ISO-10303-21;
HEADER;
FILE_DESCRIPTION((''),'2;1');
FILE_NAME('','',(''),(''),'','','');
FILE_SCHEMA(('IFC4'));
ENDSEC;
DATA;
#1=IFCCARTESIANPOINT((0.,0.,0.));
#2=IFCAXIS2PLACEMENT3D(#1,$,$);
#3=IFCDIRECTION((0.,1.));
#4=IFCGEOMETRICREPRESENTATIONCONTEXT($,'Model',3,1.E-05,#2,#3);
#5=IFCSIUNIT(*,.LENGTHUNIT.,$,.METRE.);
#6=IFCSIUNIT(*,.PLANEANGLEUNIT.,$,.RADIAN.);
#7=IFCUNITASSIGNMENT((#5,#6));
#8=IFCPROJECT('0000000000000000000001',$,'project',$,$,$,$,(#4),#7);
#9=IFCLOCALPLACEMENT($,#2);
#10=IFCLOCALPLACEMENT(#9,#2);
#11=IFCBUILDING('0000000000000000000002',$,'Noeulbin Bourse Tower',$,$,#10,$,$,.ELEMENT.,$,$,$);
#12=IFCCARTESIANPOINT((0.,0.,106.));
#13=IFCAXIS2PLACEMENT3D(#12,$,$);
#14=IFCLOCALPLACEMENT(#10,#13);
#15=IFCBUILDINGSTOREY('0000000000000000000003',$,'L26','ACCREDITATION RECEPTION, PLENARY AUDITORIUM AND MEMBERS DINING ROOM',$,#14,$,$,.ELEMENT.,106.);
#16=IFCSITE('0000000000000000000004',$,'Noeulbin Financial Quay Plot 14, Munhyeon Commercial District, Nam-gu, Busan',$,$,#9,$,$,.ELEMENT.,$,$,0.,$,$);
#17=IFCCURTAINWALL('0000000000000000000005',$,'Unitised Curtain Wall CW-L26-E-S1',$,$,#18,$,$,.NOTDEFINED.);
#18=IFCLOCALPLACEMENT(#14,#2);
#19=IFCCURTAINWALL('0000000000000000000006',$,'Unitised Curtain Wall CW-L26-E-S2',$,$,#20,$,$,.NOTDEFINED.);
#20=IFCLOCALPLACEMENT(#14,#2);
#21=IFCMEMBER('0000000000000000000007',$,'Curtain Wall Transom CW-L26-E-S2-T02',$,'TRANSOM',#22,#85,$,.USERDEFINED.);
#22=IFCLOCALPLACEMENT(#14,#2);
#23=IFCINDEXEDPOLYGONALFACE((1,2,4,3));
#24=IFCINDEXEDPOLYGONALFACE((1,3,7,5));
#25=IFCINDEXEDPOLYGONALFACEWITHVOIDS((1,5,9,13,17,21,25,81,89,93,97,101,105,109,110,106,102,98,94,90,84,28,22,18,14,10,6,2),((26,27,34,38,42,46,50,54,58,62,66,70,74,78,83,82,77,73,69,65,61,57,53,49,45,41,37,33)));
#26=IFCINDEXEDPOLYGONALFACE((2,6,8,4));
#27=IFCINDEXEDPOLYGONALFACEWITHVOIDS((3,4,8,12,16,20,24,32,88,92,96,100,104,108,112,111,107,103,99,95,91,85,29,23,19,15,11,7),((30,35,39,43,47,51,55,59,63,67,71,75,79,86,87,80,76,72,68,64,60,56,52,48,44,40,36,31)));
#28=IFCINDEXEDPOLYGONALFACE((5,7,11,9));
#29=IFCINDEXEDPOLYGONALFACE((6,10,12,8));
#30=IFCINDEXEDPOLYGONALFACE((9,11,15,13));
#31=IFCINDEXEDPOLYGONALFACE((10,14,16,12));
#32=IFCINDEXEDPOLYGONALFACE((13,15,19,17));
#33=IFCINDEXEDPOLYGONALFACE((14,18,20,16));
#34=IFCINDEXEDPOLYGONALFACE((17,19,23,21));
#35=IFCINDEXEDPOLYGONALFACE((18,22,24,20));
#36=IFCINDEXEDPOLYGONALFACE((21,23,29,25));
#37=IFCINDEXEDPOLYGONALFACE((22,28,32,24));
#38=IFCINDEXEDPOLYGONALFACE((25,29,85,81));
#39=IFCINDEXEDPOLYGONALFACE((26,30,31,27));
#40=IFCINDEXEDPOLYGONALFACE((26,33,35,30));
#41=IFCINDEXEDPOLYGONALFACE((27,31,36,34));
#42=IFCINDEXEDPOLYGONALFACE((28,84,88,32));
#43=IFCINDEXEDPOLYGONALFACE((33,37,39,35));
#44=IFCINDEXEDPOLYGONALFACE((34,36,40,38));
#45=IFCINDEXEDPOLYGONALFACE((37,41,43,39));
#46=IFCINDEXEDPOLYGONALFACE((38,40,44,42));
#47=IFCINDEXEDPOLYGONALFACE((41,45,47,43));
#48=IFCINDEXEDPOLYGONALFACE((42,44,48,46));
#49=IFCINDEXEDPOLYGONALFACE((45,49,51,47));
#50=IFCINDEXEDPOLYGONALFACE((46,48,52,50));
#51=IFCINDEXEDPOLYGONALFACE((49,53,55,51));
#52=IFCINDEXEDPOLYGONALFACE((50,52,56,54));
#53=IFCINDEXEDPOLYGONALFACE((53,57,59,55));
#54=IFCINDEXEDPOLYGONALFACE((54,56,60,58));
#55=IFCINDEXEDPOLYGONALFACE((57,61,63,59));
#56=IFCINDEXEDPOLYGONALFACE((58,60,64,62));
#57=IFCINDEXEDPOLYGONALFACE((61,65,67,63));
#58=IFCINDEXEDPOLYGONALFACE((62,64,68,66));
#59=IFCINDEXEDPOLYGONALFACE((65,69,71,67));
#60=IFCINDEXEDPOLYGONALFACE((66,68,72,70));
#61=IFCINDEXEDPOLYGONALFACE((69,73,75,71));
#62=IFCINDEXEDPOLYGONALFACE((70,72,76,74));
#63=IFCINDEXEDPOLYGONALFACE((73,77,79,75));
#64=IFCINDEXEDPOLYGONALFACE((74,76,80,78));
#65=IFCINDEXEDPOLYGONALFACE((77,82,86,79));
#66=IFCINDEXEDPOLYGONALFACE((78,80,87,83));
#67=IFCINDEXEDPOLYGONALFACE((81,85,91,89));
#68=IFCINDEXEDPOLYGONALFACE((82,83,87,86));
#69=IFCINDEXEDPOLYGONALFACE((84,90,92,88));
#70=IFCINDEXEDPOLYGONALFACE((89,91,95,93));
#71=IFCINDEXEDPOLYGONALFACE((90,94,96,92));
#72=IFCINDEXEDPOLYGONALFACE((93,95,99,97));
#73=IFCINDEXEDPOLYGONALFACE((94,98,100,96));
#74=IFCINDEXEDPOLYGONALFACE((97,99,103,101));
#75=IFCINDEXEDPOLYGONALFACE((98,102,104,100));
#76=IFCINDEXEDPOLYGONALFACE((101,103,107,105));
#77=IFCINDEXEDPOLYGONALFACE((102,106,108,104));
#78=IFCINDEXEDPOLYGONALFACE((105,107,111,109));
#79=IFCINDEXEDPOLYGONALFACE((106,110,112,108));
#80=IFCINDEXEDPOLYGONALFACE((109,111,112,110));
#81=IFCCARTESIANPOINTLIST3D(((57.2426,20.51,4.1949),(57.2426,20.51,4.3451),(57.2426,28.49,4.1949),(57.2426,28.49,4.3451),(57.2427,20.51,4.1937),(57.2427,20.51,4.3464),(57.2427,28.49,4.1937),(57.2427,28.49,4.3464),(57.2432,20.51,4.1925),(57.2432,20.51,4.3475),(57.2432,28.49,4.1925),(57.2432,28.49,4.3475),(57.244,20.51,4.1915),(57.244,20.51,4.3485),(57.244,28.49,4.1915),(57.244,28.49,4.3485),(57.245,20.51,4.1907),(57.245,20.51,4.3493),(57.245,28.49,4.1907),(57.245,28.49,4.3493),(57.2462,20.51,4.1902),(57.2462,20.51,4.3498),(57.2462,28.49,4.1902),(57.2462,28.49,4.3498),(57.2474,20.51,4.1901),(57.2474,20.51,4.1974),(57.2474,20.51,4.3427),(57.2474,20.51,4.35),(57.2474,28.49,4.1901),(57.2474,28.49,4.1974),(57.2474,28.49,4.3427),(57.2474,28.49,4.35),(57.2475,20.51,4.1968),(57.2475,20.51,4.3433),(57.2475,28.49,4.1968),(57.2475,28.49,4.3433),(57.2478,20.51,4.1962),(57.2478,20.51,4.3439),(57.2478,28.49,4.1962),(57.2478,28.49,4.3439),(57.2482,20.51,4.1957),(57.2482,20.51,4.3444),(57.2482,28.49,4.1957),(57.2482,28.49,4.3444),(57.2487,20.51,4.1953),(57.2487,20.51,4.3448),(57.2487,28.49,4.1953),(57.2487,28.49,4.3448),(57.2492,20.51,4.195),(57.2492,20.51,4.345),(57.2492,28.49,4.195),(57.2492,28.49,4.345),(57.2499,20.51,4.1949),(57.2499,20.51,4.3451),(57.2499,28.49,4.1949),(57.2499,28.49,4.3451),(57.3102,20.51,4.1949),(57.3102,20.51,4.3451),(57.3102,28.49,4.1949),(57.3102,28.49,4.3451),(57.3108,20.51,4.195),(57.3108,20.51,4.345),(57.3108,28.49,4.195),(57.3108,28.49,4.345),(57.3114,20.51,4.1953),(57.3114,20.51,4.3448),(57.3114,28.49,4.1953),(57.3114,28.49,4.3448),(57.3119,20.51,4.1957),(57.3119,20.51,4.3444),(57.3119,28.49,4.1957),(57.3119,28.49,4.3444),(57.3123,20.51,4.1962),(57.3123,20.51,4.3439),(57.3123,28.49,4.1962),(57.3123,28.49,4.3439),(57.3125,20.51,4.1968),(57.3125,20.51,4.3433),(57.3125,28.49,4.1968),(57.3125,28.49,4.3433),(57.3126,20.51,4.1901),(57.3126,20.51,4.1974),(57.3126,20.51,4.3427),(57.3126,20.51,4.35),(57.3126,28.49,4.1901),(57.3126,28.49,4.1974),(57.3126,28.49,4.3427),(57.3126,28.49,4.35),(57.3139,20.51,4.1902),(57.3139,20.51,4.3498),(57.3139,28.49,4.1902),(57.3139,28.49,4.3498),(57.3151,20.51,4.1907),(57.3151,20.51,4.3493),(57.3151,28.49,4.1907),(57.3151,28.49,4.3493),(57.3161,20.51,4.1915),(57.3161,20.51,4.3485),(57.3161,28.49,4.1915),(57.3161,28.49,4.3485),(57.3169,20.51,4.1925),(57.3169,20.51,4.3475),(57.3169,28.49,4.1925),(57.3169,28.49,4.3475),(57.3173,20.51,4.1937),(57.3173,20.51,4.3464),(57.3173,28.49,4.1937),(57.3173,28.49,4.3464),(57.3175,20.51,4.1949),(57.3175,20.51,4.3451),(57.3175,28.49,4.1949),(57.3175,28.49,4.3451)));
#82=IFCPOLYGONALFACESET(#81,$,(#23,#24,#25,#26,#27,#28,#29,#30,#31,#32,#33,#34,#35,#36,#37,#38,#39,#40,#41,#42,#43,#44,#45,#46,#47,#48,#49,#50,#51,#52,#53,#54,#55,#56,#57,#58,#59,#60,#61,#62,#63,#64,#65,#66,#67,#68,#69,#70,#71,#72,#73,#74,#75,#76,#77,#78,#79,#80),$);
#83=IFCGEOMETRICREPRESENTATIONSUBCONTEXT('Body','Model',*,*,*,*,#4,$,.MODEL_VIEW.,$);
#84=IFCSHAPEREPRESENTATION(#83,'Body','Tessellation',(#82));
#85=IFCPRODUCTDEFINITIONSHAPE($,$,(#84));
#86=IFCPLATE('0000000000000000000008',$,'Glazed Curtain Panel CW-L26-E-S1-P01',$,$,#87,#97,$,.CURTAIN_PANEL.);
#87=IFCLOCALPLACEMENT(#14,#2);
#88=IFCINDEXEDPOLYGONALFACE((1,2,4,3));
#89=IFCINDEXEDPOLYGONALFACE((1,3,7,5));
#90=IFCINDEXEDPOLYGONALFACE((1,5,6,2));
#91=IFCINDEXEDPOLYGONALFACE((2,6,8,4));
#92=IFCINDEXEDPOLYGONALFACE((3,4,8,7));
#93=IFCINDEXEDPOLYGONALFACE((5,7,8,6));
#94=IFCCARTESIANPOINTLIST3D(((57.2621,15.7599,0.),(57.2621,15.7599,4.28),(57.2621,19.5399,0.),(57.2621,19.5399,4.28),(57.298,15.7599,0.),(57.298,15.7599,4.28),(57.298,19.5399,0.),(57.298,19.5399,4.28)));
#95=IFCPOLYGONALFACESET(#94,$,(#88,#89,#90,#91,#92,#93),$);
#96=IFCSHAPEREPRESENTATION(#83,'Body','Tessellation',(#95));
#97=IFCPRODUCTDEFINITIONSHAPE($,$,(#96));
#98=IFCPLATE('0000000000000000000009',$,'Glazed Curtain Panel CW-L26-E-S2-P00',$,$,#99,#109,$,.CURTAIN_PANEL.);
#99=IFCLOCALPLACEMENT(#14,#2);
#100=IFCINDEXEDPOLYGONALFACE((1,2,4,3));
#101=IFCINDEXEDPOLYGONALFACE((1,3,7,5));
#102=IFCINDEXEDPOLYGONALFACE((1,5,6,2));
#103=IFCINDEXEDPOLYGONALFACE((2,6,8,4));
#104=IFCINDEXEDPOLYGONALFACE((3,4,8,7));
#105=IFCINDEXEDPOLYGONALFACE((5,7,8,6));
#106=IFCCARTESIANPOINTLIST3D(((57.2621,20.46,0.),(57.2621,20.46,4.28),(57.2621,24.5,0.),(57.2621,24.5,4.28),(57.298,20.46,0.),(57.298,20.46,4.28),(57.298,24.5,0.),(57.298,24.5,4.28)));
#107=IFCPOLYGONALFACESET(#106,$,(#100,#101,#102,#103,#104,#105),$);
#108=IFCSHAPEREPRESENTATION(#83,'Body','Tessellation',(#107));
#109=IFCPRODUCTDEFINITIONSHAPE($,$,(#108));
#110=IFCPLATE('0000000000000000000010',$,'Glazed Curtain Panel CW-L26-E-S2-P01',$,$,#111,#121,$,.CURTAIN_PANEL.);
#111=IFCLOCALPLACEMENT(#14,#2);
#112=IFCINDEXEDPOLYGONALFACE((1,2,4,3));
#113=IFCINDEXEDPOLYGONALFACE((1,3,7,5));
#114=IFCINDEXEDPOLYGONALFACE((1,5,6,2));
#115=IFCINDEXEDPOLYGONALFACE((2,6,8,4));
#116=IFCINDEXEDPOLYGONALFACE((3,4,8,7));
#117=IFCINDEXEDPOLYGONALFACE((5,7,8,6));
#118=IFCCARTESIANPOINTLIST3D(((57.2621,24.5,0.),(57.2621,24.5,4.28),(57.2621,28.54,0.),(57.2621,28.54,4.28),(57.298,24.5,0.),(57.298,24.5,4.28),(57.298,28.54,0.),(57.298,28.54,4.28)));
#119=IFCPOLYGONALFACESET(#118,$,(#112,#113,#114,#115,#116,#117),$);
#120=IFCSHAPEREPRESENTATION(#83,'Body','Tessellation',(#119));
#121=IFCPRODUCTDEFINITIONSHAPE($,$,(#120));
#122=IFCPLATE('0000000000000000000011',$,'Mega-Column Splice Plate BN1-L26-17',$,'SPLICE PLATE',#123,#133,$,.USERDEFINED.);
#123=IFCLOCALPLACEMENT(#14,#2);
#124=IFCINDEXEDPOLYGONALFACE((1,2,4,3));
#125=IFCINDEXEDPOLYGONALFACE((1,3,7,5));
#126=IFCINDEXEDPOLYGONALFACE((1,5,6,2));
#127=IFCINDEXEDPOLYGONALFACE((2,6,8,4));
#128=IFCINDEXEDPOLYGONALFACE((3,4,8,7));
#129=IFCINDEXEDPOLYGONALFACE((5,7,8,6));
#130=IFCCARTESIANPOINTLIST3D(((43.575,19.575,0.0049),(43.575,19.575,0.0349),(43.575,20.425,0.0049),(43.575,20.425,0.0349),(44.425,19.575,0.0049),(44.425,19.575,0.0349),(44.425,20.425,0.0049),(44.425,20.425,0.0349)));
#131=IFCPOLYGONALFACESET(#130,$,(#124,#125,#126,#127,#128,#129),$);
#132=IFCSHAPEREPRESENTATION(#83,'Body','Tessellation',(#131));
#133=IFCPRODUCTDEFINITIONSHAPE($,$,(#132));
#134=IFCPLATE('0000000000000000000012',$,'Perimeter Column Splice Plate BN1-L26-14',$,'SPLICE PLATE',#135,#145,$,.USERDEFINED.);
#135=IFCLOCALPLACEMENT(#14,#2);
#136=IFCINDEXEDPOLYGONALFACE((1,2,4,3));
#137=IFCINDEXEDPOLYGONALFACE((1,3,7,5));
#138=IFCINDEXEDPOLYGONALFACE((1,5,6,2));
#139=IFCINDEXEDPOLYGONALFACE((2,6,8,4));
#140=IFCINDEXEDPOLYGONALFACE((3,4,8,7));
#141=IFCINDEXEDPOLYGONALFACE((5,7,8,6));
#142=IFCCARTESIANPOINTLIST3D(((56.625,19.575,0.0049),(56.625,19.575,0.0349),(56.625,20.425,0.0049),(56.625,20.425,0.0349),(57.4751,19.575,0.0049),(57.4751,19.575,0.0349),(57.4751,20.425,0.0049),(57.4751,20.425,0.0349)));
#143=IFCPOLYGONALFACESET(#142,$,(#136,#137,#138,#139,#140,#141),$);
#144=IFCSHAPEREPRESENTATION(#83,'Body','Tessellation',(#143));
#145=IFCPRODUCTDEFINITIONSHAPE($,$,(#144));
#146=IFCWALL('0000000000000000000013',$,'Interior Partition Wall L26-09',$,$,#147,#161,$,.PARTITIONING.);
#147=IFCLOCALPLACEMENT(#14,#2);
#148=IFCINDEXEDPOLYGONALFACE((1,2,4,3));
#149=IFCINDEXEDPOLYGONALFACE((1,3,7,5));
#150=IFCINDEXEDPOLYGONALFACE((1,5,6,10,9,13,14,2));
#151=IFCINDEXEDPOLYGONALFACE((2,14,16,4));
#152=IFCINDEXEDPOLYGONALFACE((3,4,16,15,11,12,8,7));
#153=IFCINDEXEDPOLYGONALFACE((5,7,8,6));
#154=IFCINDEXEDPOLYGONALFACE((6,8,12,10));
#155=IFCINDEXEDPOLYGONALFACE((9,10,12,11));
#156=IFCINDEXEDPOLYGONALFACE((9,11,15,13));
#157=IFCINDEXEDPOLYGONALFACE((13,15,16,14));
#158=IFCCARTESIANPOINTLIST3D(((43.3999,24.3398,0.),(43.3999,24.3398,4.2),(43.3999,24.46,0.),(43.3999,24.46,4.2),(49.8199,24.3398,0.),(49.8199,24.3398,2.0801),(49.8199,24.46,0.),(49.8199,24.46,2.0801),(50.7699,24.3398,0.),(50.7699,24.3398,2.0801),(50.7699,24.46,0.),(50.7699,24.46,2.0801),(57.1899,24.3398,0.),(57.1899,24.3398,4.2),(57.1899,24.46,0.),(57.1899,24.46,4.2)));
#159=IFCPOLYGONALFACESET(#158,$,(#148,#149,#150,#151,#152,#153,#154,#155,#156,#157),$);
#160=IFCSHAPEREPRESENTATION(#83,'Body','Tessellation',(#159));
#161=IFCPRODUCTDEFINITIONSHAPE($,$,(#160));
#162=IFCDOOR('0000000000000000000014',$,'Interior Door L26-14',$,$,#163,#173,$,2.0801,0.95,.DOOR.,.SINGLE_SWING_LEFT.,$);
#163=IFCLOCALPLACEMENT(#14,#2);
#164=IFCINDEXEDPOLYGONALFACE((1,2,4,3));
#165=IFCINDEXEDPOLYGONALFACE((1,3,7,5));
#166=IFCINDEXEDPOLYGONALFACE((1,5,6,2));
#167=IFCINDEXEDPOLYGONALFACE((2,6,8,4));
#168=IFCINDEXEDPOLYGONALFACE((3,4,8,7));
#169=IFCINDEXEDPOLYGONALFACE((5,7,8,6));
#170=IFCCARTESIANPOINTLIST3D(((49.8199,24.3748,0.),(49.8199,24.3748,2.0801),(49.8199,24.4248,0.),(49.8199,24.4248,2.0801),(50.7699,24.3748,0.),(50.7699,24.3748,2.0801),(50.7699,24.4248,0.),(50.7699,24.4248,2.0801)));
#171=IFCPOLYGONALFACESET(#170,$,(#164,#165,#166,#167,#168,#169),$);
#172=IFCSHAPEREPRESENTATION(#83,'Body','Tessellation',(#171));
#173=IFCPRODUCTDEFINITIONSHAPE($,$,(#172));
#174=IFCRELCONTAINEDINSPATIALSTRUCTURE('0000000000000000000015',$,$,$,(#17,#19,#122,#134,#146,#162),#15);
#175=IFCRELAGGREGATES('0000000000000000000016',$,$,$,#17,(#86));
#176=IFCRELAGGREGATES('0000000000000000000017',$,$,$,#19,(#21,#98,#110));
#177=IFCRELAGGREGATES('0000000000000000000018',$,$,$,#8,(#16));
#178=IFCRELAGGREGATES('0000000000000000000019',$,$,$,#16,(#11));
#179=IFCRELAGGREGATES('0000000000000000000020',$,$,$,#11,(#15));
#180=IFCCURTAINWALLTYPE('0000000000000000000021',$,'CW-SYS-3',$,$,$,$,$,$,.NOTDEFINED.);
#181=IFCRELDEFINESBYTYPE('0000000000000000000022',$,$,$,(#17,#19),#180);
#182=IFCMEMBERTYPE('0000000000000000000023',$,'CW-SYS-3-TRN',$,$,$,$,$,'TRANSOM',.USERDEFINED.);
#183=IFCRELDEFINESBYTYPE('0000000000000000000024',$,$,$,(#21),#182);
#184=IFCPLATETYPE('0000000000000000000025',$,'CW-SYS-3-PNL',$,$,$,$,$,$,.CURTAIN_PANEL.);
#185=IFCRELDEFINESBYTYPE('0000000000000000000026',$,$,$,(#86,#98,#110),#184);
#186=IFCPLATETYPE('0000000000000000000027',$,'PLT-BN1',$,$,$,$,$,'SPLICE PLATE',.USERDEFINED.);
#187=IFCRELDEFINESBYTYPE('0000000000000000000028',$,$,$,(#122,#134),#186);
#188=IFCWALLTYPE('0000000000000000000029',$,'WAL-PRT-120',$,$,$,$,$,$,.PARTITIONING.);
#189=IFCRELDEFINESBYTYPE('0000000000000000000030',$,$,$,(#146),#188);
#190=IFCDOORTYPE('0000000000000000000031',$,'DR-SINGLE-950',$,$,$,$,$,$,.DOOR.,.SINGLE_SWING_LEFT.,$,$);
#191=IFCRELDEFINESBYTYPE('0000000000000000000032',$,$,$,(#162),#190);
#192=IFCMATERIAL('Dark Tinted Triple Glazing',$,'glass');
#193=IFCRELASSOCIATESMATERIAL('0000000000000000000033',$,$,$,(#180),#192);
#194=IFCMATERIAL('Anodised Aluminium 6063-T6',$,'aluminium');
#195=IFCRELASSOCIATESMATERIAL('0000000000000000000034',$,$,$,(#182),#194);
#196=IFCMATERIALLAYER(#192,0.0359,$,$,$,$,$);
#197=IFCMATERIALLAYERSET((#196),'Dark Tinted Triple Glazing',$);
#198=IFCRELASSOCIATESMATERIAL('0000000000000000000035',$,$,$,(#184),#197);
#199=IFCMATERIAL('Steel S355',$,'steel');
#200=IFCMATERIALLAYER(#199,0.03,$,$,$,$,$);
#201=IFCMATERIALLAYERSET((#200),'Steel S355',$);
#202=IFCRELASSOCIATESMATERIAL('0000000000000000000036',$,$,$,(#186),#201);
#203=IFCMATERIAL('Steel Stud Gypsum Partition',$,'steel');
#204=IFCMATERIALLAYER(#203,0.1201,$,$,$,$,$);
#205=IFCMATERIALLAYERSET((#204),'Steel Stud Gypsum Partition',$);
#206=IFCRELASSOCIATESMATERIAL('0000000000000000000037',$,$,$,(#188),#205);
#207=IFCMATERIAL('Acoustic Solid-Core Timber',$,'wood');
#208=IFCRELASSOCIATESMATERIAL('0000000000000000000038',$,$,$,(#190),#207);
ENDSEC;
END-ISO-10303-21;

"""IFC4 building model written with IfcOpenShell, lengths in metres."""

from ifc_helpers import new_model, si_unit, direction, frame, frame_2d, origin, origin_2d, place, context, subcontext, project, spatial, rectangle, hollow_rectangle, extrude, material, layer, layer_set, material_profile, profile_set, type_object, element, fill, aggregate, save


model = new_model("IFC4")

# Units and contexts
model_context = context("Model", 3, precision=1e-05, world=origin(), true_north=direction((0.0, 1.0)))
body_context = subcontext(model_context, "Body", "Model", "MODEL_VIEW")
ifc_project = project(units=[si_unit("LENGTHUNIT", "METRE"), si_unit("PLANEANGLEUNIT", "RADIAN")], contexts=[model_context])

# Site, building, storey
site_placement = place(None, origin())
site = spatial("IfcSite", under=ifc_project, at=site_placement, Name="Noeulbin Financial Quay Plot 14, Munhyeon Commercial District, Nam-gu, Busan", CompositionType="ELEMENT", RefElevation=0.0)
building_placement = place(site_placement, origin())
building = spatial("IfcBuilding", under=site, at=building_placement, Name="Noeulbin Bourse Tower", CompositionType="ELEMENT")
storey_placement = place(building_placement, frame((0.0, 0.0, 106.0)))
storey = spatial("IfcBuildingStorey", under=building, at=storey_placement, Name="L26", Description="ACCREDITATION RECEPTION, PLENARY AUDITORIUM AND MEMBERS DINING ROOM", CompositionType="ELEMENT", Elevation=106.0)

# Shared definitions
ifc_material_1 = material(Name="Steel S355", Category="steel")

# Curtain wall
ifc_material_2 = material(Name="Dark Tinted Triple Glazing", Category="glass")
curtain_wall_type = type_object("IfcCurtainWallType", Name="CW-SYS-3", PredefinedType="NOTDEFINED", material=ifc_material_2)
curtain_wall_1_placement = place(storey_placement, origin())
curtain_wall_1 = element("IfcCurtainWall", 1, at=curtain_wall_1_placement, inside=storey, type_object=curtain_wall_type, Name="Unitised Curtain Wall CW-L26-E-S1", PredefinedType="NOTDEFINED")
ifc_material_3 = material(Name="Anodised Aluminium 6063-T6", Category="aluminium")

# Curtain wall, member
curtain_wall_2_placement = place(storey_placement, origin())
curtain_wall_2 = element("IfcCurtainWall", 2, at=curtain_wall_2_placement, inside=storey, type_object=curtain_wall_type, Name="Unitised Curtain Wall CW-L26-E-S2", PredefinedType="NOTDEFINED")
ifc_material_profile_1 = material_profile(ifc_material_3, hollow_rectangle(XDim=0.075, YDim=0.1599, WallThickness=0.0049, InnerFilletRadius=0.0024, OuterFilletRadius=0.0049, at=origin_2d()), Name="ALU-TRAN-75x160x5", Category="LoadBearing")
ifc_profile_set_1 = profile_set([ifc_material_profile_1], Name="Anodised Aluminium 6063-T6")
member_type_1 = type_object("IfcMemberType", Name="CW-SYS-3-TRN", ElementType="TRANSOM", PredefinedType="USERDEFINED", material=ifc_profile_set_1)
member_1_placement = place(storey_placement, frame((57.28, 20.51, 4.27), z_axis=(0.0, 1.0, 0.0), x_axis=(-1.0, 0.0, 0.0)))
member_1 = element("IfcMember", 3, at=member_1_placement, type_object=member_type_1, Name="Curtain Wall Transom CW-L26-E-S2-T02", ObjectType="TRANSOM", PredefinedType="USERDEFINED", context=body_context, shape_type="SweptSolid", body=[
    extrude(hollow_rectangle(XDim=0.075, YDim=0.1599, WallThickness=0.0049, InnerFilletRadius=0.0024, OuterFilletRadius=0.0049, at=origin_2d()), origin(), (0.0, 0.0, 1.0), 7.98),
])

# Plates
ifc_layer_1 = layer(ifc_material_2, 0.0359)
ifc_layer_set_1 = layer_set([ifc_layer_1], Name="Dark Tinted Triple Glazing")
plate_type_1 = type_object("IfcPlateType", Name="CW-SYS-3-PNL", PredefinedType="CURTAIN_PANEL", material=ifc_layer_set_1)
plate_1_placement = place(storey_placement, frame((57.28, 17.6499, 0.0), z_axis=(0.0, 0.0, 1.0), x_axis=(0.0, 1.0, 0.0)))
plate_1 = element("IfcPlate", 4, at=plate_1_placement, type_object=plate_type_1, Name="Glazed Curtain Panel CW-L26-E-S1-P01", PredefinedType="CURTAIN_PANEL", context=body_context, shape_type="SweptSolid", body=[
    extrude(rectangle(XDim=3.78, YDim=0.0359, at=origin_2d()), origin(), (0.0, 0.0, 1.0), 4.28),
])
aggregate(curtain_wall_1, [plate_1])
plate_2_placement = place(storey_placement, frame((57.28, 22.48, 0.0), z_axis=(0.0, 0.0, 1.0), x_axis=(0.0, 1.0, 0.0)))
plate_2 = element("IfcPlate", 5, at=plate_2_placement, type_object=plate_type_1, Name="Glazed Curtain Panel CW-L26-E-S2-P00", PredefinedType="CURTAIN_PANEL", context=body_context, shape_type="SweptSolid", body=[
    extrude(rectangle(XDim=4.04, YDim=0.0359, at=origin_2d()), origin(), (0.0, 0.0, 1.0), 4.28),
])
plate_3_placement = place(storey_placement, frame((57.28, 26.52, 0.0), z_axis=(0.0, 0.0, 1.0), x_axis=(0.0, 1.0, 0.0)))
plate_3 = element("IfcPlate", 6, at=plate_3_placement, type_object=plate_type_1, Name="Glazed Curtain Panel CW-L26-E-S2-P01", PredefinedType="CURTAIN_PANEL", context=body_context, shape_type="SweptSolid", body=[
    extrude(rectangle(XDim=4.04, YDim=0.0359, at=origin_2d()), origin(), (0.0, 0.0, 1.0), 4.28),
])
aggregate(curtain_wall_2, [member_1, plate_2, plate_3])

# Plates
ifc_layer_2 = layer(ifc_material_1, 0.03)
ifc_layer_set_2 = layer_set([ifc_layer_2], Name="Steel S355")
plate_type_2 = type_object("IfcPlateType", Name="PLT-BN1", ElementType="SPLICE PLATE", PredefinedType="USERDEFINED", material=ifc_layer_set_2)
for number, where, z_axis, x_axis, name in (
    (7, (44.0, 20.0, 0.0049), (0.0, 0.0, 1.0), (1.0, 0.0, 0.0), "Mega-Column Splice Plate BN1-L26-17"),
    (8, (57.05, 20.0, 0.0049), (0.0, 0.0, 1.0), (1.0, 0.0, 0.0), "Perimeter Column Splice Plate BN1-L26-14"),
):
    element("IfcPlate", number, at=place(storey_placement, frame(where, z_axis=z_axis, x_axis=x_axis)), inside=storey, type_object=plate_type_2, Name=name, ObjectType="SPLICE PLATE", PredefinedType="USERDEFINED", context=body_context, shape_type="SweptSolid", body=[
        extrude(rectangle(XDim=0.8501, YDim=0.8501, at=origin_2d()), origin(), (0.0, 0.0, 1.0), 0.03),
    ])

# Wall, opening, door
ifc_material_4 = material(Name="Steel Stud Gypsum Partition", Category="steel")
ifc_layer_3 = layer(ifc_material_4, 0.1201)
ifc_layer_set_3 = layer_set([ifc_layer_3], Name="Steel Stud Gypsum Partition")
wall_type_1 = type_object("IfcWallType", Name="WAL-PRT-120", PredefinedType="PARTITIONING", material=ifc_layer_set_3)
wall_1_placement = place(storey_placement, frame((43.3999, 24.3999, 0.0), z_axis=(0.0, 0.0, 1.0), x_axis=(1.0, 0.0, 0.0)))
wall_1 = element("IfcWall", 9, at=wall_1_placement, inside=storey, type_object=wall_type_1, Name="Interior Partition Wall L26-09", PredefinedType="PARTITIONING", context=body_context, shape_type="SweptSolid", body=[
    extrude(rectangle(XDim=13.79, YDim=0.1201, at=frame_2d((6.895, 0.0))), origin(), (0.0, 0.0, 1.0), 4.2),
])
opening_1_placement = place(wall_1_placement, frame((6.4199, 0.0, 0.0)))
opening_1 = element("IfcOpeningElement", 10, at=opening_1_placement, cuts=wall_1, PredefinedType="OPENING", context=body_context, shape_type="SweptSolid", body=[
    extrude(rectangle(XDim=0.95, YDim=2.0801, at=frame_2d((0.4751, 1.04))), frame((0.0, 0.0701, 0.0), z_axis=(0.0, -1.0, 0.0), x_axis=(1.0, 0.0, 0.0)), (0.0, 0.0, 1.0), 0.1401),
])
ifc_material_5 = material(Name="Acoustic Solid-Core Timber", Category="wood")
door_type = type_object("IfcDoorType", Name="DR-SINGLE-950", OperationType="SINGLE_SWING_LEFT", PredefinedType="DOOR", material=ifc_material_5)
door_1_placement = place(opening_1_placement, origin())
door_1 = element("IfcDoor", 11, at=door_1_placement, inside=storey, type_object=door_type, Name="Interior Door L26-14", OperationType="SINGLE_SWING_LEFT", OverallHeight=2.0801, OverallWidth=0.95, PredefinedType="DOOR", context=body_context, shape_type="SweptSolid", body=[
    extrude(rectangle(XDim=0.95, YDim=2.0801, at=frame_2d((0.4751, 1.04))), frame((0.0, 0.0249, 0.0), z_axis=(0.0, -1.0, 0.0), x_axis=(1.0, 0.0, 0.0)), (0.0, 0.0, 1.0), 0.05),
])
fill(opening_1, door_1)

save(model, "model.ifc")
